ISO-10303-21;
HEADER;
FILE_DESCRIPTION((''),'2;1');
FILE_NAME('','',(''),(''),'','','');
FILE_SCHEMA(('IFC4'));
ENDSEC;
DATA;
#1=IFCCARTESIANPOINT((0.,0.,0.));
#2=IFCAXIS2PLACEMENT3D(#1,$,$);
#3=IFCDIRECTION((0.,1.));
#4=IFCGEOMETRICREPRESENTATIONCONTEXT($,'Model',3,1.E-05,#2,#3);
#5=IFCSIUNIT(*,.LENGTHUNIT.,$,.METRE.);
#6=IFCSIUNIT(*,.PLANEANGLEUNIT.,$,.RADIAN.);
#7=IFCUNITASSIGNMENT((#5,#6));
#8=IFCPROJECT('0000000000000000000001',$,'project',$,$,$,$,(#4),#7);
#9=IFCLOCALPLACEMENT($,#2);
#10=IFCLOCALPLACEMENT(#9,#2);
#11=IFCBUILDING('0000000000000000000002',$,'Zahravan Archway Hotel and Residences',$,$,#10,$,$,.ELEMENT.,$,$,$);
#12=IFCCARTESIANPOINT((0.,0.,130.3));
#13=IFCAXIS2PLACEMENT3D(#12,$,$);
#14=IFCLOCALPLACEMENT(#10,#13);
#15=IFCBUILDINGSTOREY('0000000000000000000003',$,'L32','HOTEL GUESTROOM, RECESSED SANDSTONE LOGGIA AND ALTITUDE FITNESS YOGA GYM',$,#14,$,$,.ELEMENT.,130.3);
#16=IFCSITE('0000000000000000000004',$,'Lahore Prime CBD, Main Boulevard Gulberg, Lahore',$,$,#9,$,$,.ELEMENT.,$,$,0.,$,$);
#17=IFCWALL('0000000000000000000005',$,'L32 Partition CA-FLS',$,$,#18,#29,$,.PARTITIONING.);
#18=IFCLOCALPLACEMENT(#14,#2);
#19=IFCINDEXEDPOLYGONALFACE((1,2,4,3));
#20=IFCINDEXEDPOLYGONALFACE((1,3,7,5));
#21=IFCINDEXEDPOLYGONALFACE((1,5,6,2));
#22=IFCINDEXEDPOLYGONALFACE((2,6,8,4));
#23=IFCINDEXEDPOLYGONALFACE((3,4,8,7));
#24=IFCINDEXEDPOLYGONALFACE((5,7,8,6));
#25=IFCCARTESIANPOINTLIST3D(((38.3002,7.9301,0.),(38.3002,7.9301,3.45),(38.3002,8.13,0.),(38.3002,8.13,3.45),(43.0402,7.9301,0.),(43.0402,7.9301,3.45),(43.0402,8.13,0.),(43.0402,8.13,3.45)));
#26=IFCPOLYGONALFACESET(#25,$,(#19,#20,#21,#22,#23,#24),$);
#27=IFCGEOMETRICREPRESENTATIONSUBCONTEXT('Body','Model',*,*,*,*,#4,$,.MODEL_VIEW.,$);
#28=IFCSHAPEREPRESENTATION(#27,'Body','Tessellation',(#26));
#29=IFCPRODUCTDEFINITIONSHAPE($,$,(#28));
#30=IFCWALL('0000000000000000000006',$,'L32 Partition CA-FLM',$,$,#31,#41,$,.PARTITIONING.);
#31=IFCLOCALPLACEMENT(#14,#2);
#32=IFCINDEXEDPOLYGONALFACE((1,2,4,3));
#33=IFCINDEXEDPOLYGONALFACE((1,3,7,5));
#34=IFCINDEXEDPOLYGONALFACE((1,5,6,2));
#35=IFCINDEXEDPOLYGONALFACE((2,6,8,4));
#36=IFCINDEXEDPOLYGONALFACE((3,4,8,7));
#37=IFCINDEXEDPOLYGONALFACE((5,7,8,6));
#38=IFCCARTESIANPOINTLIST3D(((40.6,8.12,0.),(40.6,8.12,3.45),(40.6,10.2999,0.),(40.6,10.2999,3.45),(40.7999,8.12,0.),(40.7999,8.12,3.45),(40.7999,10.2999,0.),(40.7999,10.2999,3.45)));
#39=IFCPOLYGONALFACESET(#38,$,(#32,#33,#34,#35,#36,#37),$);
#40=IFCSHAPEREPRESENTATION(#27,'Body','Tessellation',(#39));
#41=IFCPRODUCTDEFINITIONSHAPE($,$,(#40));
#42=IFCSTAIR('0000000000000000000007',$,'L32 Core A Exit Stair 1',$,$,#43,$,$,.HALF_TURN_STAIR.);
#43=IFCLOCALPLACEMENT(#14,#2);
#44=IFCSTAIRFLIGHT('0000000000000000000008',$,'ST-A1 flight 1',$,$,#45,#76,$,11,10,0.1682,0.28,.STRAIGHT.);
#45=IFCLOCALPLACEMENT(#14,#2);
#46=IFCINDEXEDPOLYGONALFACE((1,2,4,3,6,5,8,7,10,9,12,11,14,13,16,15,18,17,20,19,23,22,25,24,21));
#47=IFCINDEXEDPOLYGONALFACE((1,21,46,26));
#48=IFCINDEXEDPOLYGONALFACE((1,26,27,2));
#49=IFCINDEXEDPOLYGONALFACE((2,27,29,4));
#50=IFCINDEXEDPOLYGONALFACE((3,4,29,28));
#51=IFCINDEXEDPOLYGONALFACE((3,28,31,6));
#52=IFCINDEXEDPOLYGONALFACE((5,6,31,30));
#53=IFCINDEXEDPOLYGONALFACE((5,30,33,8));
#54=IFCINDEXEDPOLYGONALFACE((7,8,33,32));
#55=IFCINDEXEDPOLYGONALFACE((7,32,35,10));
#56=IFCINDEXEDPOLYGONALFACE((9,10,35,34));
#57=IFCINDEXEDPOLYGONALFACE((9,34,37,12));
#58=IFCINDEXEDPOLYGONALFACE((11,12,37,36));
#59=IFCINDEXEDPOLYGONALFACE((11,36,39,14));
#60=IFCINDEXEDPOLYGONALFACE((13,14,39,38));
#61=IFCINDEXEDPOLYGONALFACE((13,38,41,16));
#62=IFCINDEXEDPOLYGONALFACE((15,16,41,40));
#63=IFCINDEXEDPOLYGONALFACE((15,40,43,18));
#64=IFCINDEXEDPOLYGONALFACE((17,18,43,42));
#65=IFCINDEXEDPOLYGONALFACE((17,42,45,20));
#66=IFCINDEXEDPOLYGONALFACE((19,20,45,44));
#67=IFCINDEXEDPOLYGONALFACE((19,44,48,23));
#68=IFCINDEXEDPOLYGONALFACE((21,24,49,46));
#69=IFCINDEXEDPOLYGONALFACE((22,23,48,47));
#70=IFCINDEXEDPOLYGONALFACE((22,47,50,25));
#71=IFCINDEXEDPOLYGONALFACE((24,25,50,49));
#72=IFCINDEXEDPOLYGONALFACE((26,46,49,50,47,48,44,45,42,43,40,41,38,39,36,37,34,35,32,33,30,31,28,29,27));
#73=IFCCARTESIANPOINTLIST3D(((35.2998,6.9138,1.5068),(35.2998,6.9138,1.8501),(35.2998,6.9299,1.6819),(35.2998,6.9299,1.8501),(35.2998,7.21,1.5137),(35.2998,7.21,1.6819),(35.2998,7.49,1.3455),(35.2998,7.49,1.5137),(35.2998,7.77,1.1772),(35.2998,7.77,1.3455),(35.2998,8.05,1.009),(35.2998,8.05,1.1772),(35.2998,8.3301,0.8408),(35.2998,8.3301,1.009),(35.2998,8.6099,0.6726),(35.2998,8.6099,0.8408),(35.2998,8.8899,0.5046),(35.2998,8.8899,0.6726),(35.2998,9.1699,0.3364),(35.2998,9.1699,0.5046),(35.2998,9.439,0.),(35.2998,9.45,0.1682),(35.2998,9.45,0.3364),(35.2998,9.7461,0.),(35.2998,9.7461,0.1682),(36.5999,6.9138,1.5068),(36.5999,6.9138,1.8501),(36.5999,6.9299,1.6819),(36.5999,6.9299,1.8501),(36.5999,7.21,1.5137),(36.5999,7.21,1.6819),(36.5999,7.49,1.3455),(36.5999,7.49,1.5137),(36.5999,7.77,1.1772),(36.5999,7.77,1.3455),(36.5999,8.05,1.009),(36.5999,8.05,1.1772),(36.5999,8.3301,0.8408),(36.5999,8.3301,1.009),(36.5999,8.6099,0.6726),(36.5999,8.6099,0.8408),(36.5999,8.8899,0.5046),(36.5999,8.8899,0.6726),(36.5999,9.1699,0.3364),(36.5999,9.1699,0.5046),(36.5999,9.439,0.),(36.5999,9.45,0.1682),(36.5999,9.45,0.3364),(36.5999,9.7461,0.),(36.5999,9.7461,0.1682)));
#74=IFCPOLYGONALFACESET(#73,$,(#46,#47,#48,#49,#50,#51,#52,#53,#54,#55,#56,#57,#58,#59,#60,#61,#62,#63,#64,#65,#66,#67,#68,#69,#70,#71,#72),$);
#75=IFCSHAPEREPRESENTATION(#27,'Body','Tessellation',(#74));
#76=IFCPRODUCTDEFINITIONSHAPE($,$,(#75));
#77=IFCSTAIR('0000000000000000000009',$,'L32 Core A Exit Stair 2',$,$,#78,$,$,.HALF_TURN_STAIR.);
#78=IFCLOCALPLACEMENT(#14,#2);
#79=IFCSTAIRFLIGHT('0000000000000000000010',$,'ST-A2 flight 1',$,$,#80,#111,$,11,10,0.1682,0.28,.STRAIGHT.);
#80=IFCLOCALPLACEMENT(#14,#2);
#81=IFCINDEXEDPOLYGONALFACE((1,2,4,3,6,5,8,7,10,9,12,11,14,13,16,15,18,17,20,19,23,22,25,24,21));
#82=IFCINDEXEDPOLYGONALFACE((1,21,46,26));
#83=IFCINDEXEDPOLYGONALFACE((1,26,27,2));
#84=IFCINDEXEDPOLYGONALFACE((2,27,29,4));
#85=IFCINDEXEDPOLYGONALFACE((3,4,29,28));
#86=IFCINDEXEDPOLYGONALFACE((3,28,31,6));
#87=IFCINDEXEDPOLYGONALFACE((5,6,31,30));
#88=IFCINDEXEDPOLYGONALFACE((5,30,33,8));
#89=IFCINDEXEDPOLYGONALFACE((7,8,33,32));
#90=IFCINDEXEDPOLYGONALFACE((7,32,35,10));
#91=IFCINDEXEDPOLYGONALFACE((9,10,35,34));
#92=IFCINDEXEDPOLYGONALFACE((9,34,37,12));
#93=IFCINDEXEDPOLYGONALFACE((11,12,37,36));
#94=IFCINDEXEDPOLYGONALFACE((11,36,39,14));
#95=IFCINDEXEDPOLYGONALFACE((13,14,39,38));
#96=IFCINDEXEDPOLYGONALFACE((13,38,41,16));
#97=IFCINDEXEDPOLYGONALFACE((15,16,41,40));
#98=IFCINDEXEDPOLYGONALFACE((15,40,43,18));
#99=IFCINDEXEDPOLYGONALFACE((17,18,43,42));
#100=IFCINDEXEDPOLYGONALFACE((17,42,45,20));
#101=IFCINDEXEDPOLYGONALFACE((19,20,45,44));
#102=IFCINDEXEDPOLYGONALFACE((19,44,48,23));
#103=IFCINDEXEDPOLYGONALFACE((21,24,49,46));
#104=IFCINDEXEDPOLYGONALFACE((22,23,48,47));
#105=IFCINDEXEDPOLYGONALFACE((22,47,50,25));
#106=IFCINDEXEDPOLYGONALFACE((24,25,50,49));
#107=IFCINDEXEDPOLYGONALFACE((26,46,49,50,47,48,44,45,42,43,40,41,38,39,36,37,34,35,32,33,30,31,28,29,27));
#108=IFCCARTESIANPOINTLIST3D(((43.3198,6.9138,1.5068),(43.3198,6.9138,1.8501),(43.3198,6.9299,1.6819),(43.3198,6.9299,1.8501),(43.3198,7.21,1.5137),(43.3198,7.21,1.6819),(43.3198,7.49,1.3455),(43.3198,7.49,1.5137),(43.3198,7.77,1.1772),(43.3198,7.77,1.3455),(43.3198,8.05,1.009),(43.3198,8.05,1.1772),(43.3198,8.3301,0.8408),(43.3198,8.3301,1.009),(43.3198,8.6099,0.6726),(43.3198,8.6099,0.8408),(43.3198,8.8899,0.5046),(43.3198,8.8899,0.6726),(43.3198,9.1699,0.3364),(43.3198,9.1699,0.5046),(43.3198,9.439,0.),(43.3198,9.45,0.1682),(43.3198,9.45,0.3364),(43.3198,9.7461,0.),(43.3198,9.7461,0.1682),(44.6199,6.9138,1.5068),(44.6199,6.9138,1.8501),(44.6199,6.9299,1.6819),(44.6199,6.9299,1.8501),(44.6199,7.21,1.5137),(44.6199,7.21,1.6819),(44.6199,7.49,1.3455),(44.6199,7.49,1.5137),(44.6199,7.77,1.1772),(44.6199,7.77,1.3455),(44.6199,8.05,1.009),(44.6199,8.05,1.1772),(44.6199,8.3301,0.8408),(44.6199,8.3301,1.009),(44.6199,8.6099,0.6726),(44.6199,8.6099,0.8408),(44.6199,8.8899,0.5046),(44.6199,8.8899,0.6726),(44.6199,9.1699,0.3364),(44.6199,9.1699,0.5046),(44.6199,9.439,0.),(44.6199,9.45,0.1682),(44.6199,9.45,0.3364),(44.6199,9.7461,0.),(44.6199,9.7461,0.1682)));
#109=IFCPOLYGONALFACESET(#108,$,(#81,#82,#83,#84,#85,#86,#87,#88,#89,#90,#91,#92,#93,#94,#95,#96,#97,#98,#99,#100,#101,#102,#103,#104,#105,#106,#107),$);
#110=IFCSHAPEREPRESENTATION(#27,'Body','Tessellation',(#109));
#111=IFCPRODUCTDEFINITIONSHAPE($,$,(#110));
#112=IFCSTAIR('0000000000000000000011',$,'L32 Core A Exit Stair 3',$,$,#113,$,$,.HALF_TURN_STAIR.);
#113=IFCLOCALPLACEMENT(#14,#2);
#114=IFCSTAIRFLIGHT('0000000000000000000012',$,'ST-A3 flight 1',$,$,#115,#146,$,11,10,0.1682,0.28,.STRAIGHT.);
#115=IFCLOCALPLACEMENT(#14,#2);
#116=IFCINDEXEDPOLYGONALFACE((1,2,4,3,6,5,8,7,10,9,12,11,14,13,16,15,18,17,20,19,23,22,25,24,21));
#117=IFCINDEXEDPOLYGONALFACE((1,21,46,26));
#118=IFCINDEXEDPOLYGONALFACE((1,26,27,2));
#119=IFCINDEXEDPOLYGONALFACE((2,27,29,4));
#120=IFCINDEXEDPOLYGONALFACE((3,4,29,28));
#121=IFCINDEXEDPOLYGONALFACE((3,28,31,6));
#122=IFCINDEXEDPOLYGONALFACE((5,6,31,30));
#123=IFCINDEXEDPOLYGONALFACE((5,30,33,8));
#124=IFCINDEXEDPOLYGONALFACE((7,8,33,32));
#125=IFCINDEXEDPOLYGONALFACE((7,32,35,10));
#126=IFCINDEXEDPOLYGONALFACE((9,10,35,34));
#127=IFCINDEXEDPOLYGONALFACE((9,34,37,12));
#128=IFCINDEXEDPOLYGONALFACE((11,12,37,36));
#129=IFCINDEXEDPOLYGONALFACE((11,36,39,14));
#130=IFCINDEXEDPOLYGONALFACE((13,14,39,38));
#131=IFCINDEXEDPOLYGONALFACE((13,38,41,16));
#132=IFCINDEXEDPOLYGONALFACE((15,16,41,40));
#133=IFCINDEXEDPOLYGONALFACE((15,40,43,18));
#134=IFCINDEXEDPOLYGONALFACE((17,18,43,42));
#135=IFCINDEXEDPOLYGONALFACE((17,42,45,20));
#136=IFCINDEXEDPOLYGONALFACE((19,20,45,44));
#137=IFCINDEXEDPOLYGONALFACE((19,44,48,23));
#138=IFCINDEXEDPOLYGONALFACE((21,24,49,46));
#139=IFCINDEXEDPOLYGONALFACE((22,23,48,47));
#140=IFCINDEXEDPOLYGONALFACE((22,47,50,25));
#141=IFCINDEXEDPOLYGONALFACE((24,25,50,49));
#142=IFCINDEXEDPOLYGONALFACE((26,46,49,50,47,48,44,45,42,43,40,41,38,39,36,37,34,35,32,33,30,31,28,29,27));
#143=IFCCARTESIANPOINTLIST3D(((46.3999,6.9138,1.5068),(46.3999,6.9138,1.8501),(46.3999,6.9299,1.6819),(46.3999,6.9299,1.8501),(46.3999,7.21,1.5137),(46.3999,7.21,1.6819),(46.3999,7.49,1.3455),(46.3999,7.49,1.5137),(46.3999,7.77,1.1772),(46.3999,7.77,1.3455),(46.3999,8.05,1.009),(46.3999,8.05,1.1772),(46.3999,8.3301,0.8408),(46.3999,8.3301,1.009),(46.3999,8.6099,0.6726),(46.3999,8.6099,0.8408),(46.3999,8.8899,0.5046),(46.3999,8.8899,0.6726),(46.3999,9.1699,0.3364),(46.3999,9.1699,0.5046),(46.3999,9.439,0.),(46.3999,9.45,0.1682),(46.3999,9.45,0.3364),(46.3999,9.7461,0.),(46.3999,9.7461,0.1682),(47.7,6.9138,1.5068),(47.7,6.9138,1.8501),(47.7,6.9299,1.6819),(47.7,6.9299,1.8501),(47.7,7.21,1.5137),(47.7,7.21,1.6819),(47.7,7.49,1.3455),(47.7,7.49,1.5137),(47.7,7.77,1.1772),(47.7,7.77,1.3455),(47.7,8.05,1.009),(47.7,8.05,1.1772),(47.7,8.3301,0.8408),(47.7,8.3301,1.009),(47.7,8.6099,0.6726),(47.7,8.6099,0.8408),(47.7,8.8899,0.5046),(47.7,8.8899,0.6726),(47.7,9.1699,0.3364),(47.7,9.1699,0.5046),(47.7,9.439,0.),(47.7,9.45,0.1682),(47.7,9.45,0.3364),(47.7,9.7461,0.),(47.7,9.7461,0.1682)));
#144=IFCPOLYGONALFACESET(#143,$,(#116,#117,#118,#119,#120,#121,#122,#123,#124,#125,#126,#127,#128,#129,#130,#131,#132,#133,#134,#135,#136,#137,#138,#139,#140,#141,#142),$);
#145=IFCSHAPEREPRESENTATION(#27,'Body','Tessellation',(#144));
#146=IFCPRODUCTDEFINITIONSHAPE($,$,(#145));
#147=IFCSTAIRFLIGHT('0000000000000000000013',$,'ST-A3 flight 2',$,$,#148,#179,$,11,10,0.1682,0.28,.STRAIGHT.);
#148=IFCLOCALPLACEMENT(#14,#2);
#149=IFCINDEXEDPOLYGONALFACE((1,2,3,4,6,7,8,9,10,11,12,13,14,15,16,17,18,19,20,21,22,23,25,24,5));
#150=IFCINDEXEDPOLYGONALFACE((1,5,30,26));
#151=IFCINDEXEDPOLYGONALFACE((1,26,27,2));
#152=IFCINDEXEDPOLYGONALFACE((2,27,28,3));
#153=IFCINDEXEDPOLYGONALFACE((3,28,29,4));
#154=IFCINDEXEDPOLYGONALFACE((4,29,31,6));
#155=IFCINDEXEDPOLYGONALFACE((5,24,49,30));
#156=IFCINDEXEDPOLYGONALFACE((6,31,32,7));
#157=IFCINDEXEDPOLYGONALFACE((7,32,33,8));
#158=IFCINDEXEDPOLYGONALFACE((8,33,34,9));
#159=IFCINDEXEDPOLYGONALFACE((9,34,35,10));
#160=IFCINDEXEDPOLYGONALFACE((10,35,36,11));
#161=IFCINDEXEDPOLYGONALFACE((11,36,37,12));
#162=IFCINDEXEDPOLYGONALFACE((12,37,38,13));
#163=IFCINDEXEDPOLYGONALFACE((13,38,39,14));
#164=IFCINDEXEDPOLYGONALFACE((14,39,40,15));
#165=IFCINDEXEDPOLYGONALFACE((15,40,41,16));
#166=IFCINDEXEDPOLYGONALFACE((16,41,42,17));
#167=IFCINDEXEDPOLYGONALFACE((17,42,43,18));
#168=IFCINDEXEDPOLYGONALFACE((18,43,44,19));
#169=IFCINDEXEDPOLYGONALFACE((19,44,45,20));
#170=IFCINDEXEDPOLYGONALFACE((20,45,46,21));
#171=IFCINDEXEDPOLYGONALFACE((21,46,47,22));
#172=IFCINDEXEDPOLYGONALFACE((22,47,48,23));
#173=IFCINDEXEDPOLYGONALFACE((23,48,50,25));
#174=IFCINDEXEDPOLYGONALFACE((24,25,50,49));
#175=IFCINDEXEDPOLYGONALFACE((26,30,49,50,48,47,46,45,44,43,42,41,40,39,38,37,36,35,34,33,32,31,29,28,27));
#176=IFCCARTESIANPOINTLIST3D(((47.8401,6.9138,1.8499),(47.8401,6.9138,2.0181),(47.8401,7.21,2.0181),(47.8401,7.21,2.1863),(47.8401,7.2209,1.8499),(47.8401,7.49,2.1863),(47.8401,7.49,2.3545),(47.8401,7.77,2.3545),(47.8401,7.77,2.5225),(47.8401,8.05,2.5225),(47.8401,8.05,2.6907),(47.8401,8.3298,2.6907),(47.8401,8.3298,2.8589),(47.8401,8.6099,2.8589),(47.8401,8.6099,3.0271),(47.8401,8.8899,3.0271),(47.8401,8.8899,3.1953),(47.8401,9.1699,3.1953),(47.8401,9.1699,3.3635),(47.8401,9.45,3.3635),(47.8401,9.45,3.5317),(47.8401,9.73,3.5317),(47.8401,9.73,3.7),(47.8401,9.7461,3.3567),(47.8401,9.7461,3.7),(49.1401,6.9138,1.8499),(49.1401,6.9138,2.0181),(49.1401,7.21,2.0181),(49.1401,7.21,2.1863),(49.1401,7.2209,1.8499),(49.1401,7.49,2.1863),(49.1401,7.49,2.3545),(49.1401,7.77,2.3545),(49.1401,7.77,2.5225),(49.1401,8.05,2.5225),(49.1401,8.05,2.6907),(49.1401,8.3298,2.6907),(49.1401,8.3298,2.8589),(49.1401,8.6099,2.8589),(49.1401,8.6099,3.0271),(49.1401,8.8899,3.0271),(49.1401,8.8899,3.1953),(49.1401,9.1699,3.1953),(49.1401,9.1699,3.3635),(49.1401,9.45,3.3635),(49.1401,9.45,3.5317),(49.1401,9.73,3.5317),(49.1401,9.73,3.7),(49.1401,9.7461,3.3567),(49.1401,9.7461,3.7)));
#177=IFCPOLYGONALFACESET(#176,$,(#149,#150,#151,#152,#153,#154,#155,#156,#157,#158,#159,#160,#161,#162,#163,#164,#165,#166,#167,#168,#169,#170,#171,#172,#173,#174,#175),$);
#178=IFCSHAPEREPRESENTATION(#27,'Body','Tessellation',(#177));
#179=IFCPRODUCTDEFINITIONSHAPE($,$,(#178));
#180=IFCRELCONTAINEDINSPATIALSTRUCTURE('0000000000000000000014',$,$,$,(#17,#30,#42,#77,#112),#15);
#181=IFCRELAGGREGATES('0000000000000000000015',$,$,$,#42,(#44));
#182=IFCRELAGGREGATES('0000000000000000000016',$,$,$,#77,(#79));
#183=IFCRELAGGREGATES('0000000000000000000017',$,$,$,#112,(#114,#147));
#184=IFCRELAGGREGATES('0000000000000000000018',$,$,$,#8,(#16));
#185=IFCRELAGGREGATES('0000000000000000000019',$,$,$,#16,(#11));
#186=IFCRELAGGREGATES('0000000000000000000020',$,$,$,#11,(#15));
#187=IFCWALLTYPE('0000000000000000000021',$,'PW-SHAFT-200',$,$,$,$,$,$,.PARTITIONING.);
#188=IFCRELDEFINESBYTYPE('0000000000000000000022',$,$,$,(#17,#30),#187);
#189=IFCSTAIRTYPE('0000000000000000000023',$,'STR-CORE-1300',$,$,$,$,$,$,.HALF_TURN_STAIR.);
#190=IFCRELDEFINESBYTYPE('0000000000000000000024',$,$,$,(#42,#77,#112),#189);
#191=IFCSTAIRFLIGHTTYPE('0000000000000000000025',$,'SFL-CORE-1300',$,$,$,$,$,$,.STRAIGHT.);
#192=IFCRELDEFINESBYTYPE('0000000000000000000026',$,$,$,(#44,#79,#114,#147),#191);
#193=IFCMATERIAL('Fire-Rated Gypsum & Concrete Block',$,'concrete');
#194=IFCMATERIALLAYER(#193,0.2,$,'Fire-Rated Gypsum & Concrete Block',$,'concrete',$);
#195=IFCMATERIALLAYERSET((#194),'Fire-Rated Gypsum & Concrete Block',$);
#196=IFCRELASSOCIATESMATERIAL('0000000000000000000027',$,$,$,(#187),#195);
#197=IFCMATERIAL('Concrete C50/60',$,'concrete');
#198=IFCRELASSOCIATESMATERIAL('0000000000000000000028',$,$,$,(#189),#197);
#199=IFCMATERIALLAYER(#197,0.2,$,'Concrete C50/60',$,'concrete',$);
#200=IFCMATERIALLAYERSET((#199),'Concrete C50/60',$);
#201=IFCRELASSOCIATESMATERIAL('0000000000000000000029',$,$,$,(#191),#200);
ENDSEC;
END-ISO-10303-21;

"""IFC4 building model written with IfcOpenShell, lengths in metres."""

from ifc_helpers import new_model, si_unit, direction, frame, frame_2d, origin, place, context, subcontext, project, spatial, polyline, rectangle, outline, extrude, source, transform, mapped, material, layer, layer_set, type_object, element, aggregate, save


model = new_model("IFC4")

# Units and contexts
model_context = context("Model", 3, precision=1e-05, world=origin(), true_north=direction((0.0, 1.0)))
body_context = subcontext(model_context, "Body", "Model", "MODEL_VIEW")
ifc_project = project(units=[si_unit("LENGTHUNIT", "METRE"), si_unit("PLANEANGLEUNIT", "RADIAN")], contexts=[model_context])

# Site, building, storey
site_placement = place(None, origin())
site = spatial("IfcSite", under=ifc_project, at=site_placement, Name="Lahore Prime CBD, Main Boulevard Gulberg, Lahore", CompositionType="ELEMENT", RefElevation=0.0)
building_placement = place(site_placement, origin())
building = spatial("IfcBuilding", under=site, at=building_placement, Name="Zahravan Archway Hotel and Residences", CompositionType="ELEMENT")
storey_placement = place(building_placement, frame((0.0, 0.0, 130.3)))
storey = spatial("IfcBuildingStorey", under=building, at=storey_placement, Name="L32", Description="HOTEL GUESTROOM, RECESSED SANDSTONE LOGGIA AND ALTITUDE FITNESS YOGA GYM", CompositionType="ELEMENT", Elevation=130.3)

# Walls
ifc_material_1 = material(Name="Fire-Rated Gypsum & Concrete Block", Category="concrete")
ifc_layer_1 = layer(ifc_material_1, 0.2, Name="Fire-Rated Gypsum & Concrete Block", Category="concrete")
ifc_layer_set_1 = layer_set([ifc_layer_1], Name="Fire-Rated Gypsum & Concrete Block")
wall_type = type_object("IfcWallType", Name="PW-SHAFT-200", PredefinedType="PARTITIONING", material=ifc_layer_set_1)
wall_1_placement = place(storey_placement, frame((38.3, 8.03, 0.0), z_axis=(0.0, 0.0, 1.0), x_axis=(1.0, 0.0, 0.0)))
element("IfcWall", 1, at=wall_1_placement, inside=storey, type_object=wall_type, Name="L32 Partition CA-FLS", PredefinedType="PARTITIONING", context=body_context, shape_type="SweptSolid", body=[
    extrude(rectangle(XDim=4.74, YDim=0.2, at=frame_2d((2.3701, 0.0))), origin(), (0.0, 0.0, 1.0), 3.45),
])
wall_2_placement = place(storey_placement, frame((40.7, 8.1201, 0.0), z_axis=(0.0, 0.0, 1.0), x_axis=(0.0, 1.0, 0.0)))
element("IfcWall", 2, at=wall_2_placement, inside=storey, type_object=wall_type, Name="L32 Partition CA-FLM", PredefinedType="PARTITIONING", context=body_context, shape_type="SweptSolid", body=[
    extrude(rectangle(XDim=2.1799, YDim=0.2, at=frame_2d((1.0898, 0.0))), origin(), (0.0, 0.0, 1.0), 3.45),
])

# Stairs, stair flights
ifc_material_2 = material(Name="Concrete C50/60", Category="concrete")
stair_type = type_object("IfcStairType", Name="STR-CORE-1300", PredefinedType="HALF_TURN_STAIR", material=ifc_material_2)
stair_1_placement = place(storey_placement, origin())
stair_1 = element("IfcStair", 3, at=stair_1_placement, inside=storey, type_object=stair_type, Name="L32 Core A Exit Stair 1", PredefinedType="HALF_TURN_STAIR")
ifc_layer_2 = layer(ifc_material_2, 0.2, Name="Concrete C50/60", Category="concrete")
ifc_layer_set_2 = layer_set([ifc_layer_2], Name="Concrete C50/60")
stair_flight_type = type_object("IfcStairFlightType", Name="SFL-CORE-1300", PredefinedType="STRAIGHT", material=ifc_layer_set_2)
shared_shape = source(origin(), body_context, "Body", "SweptSolid", [
    extrude(outline(polyline([(-0.0161, 0.0), (-0.0161, 0.1682), (0.28, 0.1682), (0.28, 0.3364), (0.5601, 0.3364), (0.5601, 0.5046), (0.8401, 0.5046), (0.8401, 0.6726), (1.1201, 0.6726), (1.1201, 0.8408), (1.3999, 0.8408), (1.3999, 1.009), (1.6799, 1.009), (1.6799, 1.1772), (1.96, 1.1772), (1.96, 1.3455), (2.24, 1.3455), (2.24, 1.5137), (2.52, 1.5137), (2.52, 1.6819), (2.8, 1.6819), (2.8, 1.8501), (2.8162, 1.8501), (2.8162, 1.5068), (0.291, 0.0), (-0.0161, 0.0)])), frame((0.0, 0.6499, 0.0), z_axis=(0.0, -1.0, 0.0), x_axis=(1.0, 0.0, 0.0)), (0.0, 0.0, 1.0), 1.3),
])
stair_flight_1_placement = place(storey_placement, frame((35.95, 9.73, 0.0), z_axis=(0.0, 0.0, 1.0), x_axis=(0.0, -1.0, 0.0)))
stair_flight_1 = element("IfcStairFlight", 4, at=stair_flight_1_placement, type_object=stair_flight_type, Name="ST-A1 flight 1", NumberOfRisers=11, NumberOfTreads=10, PredefinedType="STRAIGHT", RiserHeight=0.1682, TreadLength=0.28, context=body_context, shape_type="MappedRepresentation", body=[
    mapped(shared_shape, transform((0.0, 0.0, 0.0), scale=1.0)),
])
aggregate(stair_1, [stair_flight_1])
stair_2_placement = place(storey_placement, origin())
stair_2 = element("IfcStair", 5, at=stair_2_placement, inside=storey, type_object=stair_type, Name="L32 Core A Exit Stair 2", PredefinedType="HALF_TURN_STAIR")
stair_flight_2_placement = place(storey_placement, frame((43.97, 9.73, 0.0), z_axis=(0.0, 0.0, 1.0), x_axis=(0.0, -1.0, 0.0)))
stair_flight_2 = element("IfcStairFlight", 6, at=stair_flight_2_placement, type_object=stair_flight_type, Name="ST-A2 flight 1", NumberOfRisers=11, NumberOfTreads=10, PredefinedType="STRAIGHT", RiserHeight=0.1682, TreadLength=0.28, context=body_context, shape_type="MappedRepresentation", body=[
    mapped(shared_shape, transform((0.0, 0.0, 0.0), scale=1.0)),
])
aggregate(stair_2, [stair_flight_2])

# Stair, stair flights
stair_3_placement = place(storey_placement, origin())
stair_3 = element("IfcStair", 7, at=stair_3_placement, inside=storey, type_object=stair_type, Name="L32 Core A Exit Stair 3", PredefinedType="HALF_TURN_STAIR")
stair_flight_3_placement = place(storey_placement, frame((47.05, 9.73, 0.0), z_axis=(0.0, 0.0, 1.0), x_axis=(0.0, -1.0, 0.0)))
stair_flight_3 = element("IfcStairFlight", 8, at=stair_flight_3_placement, type_object=stair_flight_type, Name="ST-A3 flight 1", NumberOfRisers=11, NumberOfTreads=10, PredefinedType="STRAIGHT", RiserHeight=0.1682, TreadLength=0.28, context=body_context, shape_type="MappedRepresentation", body=[
    mapped(shared_shape, transform((0.0, 0.0, 0.0), scale=1.0)),
])
stair_flight_4_placement = place(storey_placement, frame((48.49, 6.9299, 1.8499), z_axis=(0.0, 0.0, 1.0), x_axis=(0.0, 1.0, 0.0)))
stair_flight_4 = element("IfcStairFlight", 9, at=stair_flight_4_placement, type_object=stair_flight_type, Name="ST-A3 flight 2", NumberOfRisers=11, NumberOfTreads=10, PredefinedType="STRAIGHT", RiserHeight=0.1682, TreadLength=0.28, context=body_context, shape_type="MappedRepresentation", body=[
    mapped(shared_shape, transform((0.0, 0.0, 0.0), scale=1.0)),
])
aggregate(stair_3, [stair_flight_3, stair_flight_4])

save(model, "model.ifc")
